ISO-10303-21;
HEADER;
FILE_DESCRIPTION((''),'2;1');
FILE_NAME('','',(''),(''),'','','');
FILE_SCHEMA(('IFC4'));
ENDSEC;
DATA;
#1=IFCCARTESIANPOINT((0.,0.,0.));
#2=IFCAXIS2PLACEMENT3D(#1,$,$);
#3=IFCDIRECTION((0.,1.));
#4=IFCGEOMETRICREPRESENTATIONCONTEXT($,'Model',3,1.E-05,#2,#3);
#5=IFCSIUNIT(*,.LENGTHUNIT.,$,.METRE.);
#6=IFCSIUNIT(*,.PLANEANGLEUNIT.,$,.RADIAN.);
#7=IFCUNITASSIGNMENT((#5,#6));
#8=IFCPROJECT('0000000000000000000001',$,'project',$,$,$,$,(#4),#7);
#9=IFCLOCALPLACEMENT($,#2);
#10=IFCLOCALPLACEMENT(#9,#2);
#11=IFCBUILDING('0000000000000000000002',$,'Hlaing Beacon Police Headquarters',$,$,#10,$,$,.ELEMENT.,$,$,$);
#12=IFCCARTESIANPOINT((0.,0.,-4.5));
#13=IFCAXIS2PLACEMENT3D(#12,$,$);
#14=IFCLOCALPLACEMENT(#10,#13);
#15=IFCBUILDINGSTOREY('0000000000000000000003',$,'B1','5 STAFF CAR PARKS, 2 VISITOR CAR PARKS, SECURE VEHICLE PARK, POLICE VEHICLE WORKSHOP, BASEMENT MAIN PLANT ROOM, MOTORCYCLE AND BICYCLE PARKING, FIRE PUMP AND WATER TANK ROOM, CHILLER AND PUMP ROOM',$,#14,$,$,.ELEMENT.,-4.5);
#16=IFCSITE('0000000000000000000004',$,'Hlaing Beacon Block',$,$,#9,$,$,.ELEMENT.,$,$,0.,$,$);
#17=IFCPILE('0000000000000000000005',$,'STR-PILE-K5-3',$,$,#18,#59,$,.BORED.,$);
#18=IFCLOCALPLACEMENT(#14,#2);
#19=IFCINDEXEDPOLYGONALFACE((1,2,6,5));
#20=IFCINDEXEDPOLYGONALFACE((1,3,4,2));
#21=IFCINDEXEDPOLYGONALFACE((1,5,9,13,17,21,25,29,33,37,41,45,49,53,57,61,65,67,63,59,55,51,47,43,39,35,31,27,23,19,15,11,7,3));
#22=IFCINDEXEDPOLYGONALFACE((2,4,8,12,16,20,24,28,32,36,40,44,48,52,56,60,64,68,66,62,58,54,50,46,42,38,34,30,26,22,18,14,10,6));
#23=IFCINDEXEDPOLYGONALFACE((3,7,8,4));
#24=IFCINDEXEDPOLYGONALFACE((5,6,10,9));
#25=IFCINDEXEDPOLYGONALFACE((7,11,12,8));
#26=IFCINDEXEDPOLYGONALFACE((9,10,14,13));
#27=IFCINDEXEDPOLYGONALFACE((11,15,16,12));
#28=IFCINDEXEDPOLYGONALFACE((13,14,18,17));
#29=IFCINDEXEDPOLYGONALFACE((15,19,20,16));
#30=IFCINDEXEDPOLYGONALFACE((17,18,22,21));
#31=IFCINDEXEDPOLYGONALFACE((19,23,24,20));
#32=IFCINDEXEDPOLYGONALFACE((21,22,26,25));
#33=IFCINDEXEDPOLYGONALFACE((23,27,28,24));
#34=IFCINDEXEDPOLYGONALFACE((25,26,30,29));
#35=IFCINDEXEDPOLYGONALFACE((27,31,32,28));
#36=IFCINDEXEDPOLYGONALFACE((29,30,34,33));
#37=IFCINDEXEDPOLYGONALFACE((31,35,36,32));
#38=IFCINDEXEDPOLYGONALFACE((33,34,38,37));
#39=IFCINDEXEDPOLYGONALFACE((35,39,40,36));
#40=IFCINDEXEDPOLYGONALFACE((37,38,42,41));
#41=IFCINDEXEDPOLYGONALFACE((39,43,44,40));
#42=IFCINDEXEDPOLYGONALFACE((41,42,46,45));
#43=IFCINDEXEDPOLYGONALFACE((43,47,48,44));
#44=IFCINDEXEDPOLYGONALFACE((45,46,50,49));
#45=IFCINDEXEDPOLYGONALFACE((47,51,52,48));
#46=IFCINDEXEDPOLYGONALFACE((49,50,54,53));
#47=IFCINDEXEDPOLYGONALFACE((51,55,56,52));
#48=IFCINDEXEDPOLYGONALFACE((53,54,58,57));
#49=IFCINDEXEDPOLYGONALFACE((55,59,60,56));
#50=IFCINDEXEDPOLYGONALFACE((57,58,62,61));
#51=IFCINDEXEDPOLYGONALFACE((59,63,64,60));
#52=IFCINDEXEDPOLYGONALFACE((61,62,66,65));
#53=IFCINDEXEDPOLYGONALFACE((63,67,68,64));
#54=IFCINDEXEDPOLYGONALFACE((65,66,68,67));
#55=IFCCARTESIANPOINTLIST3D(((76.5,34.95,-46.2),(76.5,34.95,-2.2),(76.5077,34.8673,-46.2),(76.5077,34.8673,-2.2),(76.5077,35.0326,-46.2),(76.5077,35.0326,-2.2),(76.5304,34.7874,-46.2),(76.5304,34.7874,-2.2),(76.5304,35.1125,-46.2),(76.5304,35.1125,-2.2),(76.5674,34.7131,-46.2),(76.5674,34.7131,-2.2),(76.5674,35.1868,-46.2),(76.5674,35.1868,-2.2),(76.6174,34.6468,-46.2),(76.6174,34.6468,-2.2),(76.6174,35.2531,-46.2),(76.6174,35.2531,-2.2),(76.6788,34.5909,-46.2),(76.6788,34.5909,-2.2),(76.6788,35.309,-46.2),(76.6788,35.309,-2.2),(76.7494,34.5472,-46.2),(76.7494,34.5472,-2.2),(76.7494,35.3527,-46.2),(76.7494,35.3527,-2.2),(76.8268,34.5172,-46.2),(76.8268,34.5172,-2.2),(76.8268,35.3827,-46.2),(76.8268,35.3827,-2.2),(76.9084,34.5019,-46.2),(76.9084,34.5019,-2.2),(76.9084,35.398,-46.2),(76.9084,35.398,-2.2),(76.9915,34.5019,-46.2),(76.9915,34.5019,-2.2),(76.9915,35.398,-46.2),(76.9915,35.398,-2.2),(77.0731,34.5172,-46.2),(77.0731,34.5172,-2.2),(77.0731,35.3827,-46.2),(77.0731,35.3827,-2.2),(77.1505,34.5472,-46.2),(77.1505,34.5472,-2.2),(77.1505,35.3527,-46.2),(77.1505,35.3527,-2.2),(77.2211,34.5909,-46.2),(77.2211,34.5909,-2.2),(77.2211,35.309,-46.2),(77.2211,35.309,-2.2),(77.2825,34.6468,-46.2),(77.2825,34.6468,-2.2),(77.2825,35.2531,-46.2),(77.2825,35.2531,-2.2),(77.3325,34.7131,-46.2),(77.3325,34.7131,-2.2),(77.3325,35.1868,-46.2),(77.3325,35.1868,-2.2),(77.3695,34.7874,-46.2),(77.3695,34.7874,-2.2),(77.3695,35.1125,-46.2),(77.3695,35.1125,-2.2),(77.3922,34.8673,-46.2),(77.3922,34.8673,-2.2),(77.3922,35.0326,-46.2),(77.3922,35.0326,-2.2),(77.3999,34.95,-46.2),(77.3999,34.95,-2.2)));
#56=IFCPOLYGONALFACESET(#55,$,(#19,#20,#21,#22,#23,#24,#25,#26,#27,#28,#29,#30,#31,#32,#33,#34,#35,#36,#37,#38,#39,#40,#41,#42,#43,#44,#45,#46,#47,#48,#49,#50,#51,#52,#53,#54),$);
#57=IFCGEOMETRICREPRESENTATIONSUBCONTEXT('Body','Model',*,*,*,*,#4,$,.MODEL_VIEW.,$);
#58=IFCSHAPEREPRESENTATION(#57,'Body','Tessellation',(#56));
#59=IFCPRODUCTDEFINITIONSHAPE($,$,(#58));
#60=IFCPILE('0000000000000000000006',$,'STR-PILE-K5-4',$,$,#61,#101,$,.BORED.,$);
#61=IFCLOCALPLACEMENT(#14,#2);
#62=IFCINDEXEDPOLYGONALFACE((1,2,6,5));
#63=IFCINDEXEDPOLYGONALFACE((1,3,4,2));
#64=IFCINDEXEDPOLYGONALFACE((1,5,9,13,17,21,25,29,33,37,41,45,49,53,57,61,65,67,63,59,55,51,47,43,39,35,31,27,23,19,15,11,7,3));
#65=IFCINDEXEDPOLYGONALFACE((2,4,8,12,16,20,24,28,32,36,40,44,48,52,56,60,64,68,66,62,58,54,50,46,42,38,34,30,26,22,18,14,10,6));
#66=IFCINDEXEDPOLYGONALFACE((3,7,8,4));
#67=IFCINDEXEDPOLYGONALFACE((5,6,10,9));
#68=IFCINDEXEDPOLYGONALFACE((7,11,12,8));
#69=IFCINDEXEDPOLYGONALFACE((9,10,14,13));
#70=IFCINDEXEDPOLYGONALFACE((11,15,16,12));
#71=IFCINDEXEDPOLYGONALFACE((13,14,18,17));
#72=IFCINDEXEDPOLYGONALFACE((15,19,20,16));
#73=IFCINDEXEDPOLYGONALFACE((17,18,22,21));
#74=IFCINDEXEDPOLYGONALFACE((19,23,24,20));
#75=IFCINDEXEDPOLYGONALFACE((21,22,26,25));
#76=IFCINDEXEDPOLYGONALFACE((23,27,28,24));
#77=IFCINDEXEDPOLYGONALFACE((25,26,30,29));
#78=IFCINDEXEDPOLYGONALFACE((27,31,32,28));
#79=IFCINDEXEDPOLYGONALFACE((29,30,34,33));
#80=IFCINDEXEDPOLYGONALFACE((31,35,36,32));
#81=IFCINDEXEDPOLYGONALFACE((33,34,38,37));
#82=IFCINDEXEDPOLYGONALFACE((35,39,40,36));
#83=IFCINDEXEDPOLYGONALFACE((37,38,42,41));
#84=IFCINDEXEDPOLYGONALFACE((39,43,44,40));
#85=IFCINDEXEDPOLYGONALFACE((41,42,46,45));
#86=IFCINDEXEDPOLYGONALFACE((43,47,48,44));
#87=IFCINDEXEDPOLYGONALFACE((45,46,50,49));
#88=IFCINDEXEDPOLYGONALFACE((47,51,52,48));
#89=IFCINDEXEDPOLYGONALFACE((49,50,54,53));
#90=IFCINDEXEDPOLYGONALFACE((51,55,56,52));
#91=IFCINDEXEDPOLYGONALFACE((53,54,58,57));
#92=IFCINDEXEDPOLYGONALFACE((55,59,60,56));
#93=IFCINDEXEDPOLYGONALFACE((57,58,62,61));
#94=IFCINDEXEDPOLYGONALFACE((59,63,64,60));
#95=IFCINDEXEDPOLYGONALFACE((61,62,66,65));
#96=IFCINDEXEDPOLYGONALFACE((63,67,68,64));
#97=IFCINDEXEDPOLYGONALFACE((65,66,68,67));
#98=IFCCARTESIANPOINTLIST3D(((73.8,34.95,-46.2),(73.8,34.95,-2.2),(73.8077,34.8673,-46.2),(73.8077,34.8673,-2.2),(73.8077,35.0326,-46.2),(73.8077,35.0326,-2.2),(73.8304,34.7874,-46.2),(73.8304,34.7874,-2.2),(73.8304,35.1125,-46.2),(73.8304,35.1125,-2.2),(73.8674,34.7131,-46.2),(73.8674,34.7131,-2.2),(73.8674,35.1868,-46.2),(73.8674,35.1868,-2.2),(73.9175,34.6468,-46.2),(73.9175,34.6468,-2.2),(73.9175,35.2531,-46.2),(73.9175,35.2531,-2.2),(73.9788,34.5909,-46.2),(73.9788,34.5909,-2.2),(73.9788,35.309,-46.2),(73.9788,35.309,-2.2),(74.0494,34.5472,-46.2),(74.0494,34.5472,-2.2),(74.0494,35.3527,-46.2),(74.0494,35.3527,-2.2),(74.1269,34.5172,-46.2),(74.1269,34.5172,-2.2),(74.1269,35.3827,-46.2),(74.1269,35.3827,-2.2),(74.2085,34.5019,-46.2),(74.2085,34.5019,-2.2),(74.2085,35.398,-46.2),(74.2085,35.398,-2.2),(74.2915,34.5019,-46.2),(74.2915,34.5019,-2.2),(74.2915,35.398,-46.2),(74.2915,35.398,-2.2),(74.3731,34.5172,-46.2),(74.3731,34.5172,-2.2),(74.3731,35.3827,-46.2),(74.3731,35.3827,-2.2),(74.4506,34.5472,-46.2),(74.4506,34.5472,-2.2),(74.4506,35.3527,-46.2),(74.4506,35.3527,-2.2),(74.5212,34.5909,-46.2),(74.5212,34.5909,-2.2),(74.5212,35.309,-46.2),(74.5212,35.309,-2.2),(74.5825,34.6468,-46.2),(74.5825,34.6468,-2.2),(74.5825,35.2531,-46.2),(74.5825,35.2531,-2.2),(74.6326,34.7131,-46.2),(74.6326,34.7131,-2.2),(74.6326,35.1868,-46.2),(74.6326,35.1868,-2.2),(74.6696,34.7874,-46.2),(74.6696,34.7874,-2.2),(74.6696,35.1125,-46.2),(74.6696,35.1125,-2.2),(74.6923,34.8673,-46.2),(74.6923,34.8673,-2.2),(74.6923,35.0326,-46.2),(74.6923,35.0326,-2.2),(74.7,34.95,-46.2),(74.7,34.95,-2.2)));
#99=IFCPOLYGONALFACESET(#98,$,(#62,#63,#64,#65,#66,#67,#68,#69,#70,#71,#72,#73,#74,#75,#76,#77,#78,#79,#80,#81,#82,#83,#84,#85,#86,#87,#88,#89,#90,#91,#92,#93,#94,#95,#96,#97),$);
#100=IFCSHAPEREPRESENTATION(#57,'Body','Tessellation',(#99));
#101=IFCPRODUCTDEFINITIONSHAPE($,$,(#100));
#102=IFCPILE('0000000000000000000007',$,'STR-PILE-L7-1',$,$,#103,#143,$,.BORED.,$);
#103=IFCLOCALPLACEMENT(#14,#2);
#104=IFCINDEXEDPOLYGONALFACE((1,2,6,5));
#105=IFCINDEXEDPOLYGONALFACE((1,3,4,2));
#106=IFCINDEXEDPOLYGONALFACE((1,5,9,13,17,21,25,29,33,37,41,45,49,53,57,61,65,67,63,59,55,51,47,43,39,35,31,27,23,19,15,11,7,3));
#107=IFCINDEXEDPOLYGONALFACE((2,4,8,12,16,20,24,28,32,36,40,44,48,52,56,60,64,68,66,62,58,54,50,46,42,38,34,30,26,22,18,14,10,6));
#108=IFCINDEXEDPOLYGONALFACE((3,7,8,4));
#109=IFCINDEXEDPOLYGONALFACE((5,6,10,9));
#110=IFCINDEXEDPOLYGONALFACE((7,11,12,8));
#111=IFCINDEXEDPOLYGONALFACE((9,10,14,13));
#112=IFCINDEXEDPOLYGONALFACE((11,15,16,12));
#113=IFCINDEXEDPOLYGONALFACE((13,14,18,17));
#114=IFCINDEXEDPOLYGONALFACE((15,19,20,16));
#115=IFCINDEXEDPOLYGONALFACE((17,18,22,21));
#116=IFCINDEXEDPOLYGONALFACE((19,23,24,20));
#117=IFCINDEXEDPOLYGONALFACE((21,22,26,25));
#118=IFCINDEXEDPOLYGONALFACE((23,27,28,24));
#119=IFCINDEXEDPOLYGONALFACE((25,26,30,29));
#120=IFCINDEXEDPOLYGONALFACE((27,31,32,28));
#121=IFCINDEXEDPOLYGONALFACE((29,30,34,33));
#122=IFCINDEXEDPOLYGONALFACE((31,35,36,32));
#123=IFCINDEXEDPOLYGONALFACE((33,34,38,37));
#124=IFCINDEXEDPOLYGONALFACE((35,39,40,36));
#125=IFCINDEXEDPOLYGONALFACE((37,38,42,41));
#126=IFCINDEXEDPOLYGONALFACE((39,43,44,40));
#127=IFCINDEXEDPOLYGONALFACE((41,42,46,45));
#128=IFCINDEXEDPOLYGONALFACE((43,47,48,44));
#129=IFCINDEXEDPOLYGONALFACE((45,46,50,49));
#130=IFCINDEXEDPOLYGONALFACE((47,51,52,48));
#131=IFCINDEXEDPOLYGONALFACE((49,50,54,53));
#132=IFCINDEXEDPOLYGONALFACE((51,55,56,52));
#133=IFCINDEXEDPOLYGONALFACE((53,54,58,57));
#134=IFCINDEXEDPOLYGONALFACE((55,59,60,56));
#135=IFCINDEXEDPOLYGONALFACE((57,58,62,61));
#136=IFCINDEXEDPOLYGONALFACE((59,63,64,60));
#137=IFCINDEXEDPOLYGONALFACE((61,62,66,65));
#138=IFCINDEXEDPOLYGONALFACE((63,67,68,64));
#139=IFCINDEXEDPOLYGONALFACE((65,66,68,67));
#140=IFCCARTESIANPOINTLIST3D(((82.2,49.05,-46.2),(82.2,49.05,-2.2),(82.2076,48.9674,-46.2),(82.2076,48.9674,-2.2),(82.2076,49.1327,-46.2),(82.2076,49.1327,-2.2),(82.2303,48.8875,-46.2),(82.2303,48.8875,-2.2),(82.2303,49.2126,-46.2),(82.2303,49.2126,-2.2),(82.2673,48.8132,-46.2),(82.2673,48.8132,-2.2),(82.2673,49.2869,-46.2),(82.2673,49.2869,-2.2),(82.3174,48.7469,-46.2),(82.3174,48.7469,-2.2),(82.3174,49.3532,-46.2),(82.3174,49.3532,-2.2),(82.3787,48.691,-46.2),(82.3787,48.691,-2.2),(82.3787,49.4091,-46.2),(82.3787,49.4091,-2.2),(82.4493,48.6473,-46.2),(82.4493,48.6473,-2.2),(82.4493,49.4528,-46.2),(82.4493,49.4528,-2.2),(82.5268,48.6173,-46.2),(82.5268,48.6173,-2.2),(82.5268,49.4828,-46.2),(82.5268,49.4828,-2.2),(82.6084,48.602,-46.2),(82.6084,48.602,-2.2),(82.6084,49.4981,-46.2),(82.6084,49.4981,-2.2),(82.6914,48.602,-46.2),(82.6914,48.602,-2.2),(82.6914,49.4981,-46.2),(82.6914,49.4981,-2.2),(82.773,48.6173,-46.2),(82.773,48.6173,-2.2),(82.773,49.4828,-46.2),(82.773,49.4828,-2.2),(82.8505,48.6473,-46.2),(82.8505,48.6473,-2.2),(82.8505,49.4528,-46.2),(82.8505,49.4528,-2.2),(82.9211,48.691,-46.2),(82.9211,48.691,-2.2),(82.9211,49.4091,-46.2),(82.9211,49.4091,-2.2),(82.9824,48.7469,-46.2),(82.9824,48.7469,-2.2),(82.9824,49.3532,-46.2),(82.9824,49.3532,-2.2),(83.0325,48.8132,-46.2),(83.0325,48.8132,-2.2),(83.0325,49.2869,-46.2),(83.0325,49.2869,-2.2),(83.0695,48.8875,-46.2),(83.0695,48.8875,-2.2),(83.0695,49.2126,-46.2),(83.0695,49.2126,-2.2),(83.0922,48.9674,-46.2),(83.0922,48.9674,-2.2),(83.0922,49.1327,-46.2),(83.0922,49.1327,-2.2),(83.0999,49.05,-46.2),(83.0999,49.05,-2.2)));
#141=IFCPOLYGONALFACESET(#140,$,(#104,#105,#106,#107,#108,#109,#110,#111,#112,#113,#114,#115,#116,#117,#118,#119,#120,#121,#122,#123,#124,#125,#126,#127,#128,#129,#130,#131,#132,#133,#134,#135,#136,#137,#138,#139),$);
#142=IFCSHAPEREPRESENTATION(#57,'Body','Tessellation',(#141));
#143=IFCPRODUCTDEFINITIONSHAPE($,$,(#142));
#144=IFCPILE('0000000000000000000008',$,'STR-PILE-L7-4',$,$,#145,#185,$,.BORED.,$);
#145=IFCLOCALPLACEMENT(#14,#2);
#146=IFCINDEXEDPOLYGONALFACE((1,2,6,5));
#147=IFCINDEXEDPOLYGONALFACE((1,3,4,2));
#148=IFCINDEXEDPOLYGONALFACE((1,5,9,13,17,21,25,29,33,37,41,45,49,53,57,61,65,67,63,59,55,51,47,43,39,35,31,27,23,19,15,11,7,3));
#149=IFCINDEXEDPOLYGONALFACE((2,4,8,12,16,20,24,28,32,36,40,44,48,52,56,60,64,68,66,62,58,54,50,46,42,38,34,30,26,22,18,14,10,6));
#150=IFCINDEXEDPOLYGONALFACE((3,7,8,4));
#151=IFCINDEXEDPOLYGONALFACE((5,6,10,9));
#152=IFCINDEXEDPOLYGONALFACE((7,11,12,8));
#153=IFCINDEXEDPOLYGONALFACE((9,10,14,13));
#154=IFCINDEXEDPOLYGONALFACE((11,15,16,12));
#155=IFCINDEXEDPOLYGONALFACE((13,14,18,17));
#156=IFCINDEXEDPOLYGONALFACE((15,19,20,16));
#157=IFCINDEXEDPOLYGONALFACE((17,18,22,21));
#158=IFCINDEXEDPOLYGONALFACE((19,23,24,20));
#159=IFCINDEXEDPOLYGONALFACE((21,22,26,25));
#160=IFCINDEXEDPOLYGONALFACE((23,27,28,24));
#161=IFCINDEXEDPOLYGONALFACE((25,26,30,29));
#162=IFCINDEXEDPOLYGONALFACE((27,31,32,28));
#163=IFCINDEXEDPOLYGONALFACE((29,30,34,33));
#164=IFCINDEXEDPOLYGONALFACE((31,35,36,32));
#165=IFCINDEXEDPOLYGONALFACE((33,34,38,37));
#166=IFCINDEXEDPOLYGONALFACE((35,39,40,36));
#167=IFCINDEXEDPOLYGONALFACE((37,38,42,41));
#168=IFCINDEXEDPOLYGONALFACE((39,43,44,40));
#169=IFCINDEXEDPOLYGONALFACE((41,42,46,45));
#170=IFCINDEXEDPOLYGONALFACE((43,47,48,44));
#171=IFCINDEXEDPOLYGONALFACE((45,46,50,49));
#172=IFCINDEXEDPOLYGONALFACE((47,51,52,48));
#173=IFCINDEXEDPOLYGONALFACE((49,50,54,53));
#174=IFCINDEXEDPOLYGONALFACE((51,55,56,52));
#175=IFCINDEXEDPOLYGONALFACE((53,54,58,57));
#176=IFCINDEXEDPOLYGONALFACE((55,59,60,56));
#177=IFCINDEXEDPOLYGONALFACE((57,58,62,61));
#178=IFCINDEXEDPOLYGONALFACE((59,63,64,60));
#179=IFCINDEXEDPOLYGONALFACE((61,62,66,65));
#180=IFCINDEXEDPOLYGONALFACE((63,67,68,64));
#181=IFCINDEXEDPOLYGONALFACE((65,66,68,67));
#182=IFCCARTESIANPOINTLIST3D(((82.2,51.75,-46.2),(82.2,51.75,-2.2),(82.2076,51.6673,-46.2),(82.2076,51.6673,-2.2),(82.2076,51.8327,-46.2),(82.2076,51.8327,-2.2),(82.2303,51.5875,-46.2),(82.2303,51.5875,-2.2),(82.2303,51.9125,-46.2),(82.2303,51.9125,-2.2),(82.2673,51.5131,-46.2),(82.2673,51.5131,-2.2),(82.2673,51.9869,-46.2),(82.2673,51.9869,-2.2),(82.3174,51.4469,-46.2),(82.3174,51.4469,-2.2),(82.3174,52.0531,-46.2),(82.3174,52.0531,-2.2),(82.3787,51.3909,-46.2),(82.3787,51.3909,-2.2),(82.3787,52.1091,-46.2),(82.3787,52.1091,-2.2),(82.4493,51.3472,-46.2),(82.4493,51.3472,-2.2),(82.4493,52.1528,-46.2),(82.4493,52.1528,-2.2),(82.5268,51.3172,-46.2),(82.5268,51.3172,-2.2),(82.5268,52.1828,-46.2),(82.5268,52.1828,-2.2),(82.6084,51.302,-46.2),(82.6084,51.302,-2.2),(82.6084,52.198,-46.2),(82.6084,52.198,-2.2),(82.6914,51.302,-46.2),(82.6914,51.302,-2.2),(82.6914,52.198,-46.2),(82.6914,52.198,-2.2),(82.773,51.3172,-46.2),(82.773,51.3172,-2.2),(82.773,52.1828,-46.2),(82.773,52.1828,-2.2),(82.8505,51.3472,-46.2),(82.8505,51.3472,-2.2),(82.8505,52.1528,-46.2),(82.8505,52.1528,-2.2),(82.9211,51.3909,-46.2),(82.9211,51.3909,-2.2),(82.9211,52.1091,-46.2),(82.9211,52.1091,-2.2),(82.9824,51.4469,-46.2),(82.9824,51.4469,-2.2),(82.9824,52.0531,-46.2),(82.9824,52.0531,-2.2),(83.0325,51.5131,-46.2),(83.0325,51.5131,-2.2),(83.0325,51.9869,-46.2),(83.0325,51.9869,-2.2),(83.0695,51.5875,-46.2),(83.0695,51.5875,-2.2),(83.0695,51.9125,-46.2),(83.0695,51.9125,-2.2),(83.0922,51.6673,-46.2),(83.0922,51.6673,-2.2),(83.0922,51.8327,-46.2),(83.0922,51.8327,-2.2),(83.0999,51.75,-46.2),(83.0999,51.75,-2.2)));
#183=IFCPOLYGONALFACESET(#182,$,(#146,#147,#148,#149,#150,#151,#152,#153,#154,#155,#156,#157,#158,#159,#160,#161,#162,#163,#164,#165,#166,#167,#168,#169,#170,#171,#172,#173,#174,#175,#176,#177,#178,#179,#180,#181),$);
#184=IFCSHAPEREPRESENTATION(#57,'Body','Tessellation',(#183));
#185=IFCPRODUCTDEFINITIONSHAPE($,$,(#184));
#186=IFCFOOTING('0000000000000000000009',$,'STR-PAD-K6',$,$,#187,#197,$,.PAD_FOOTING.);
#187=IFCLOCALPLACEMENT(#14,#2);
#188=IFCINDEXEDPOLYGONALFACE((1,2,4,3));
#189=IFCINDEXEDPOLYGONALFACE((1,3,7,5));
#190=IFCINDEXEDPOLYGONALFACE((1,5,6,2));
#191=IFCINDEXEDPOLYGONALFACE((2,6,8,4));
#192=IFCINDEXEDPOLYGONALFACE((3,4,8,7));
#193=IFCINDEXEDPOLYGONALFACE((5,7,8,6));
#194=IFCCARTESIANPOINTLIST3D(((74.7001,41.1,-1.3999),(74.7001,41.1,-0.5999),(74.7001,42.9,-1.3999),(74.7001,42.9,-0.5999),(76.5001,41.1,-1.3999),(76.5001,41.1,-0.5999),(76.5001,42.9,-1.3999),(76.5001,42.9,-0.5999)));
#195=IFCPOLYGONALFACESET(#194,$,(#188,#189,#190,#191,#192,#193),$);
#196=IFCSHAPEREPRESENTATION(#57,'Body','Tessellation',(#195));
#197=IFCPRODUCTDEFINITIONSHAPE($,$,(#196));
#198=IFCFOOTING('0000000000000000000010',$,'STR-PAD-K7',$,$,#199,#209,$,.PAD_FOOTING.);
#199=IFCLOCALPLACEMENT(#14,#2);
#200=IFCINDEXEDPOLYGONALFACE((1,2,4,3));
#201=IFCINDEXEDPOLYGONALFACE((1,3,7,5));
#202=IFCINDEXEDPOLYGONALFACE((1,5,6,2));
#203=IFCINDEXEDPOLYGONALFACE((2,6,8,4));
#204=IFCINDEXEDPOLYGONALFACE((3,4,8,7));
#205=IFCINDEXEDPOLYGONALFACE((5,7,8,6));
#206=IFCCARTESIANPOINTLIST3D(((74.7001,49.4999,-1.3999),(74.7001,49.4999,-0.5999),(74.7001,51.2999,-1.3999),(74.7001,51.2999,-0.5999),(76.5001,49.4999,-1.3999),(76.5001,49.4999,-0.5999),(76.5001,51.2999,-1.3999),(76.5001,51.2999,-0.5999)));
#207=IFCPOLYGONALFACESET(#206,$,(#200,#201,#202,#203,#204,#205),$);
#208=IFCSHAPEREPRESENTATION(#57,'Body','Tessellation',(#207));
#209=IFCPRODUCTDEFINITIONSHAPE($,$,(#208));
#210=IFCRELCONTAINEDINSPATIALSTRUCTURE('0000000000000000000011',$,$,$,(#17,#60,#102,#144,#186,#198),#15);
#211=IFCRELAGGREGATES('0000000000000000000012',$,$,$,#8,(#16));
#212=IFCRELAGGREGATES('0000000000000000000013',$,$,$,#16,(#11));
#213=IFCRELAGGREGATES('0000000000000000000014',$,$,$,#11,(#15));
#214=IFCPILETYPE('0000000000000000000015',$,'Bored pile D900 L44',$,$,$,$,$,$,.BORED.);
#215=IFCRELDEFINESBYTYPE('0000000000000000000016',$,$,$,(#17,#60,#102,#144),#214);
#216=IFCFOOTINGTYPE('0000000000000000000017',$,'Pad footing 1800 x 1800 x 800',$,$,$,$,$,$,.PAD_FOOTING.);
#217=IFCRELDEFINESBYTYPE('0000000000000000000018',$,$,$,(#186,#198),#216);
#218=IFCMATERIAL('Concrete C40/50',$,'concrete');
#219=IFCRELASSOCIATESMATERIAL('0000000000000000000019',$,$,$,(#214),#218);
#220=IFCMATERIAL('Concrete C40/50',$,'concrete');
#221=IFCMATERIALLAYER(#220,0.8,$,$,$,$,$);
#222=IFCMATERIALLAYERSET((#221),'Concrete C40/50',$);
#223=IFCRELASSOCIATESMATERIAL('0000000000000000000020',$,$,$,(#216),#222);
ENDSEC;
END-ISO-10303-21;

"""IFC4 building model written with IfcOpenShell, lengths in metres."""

from ifc_helpers import new_model, si_unit, direction, frame, origin, origin_2d, place, context, subcontext, project, spatial, rectangle, circle, extrude, material, layer, layer_set, material_profile, profile_set, type_object, element, save


model = new_model("IFC4")

# Units and contexts
model_context = context("Model", 3, precision=1e-05, world=origin(), true_north=direction((0.0, 1.0)))
body_context = subcontext(model_context, "Body", "Model", "MODEL_VIEW")
ifc_project = project(units=[si_unit("LENGTHUNIT", "METRE"), si_unit("PLANEANGLEUNIT", "RADIAN")], contexts=[model_context])

# Site, building, storey
site_placement = place(None, origin())
site = spatial("IfcSite", under=ifc_project, at=site_placement, Name="Hlaing Beacon Block", CompositionType="ELEMENT", RefElevation=0.0)
building_placement = place(site_placement, origin())
building = spatial("IfcBuilding", under=site, at=building_placement, Name="Hlaing Beacon Police Headquarters", CompositionType="ELEMENT")
storey_placement = place(building_placement, frame((0.0, 0.0, -4.5)))
storey = spatial("IfcBuildingStorey", under=building, at=storey_placement, Name="B1", Description="5 STAFF CAR PARKS, 2 VISITOR CAR PARKS, SECURE VEHICLE PARK, POLICE VEHICLE WORKSHOP, BASEMENT MAIN PLANT ROOM, MOTORCYCLE AND BICYCLE PARKING, FIRE PUMP AND WATER TANK ROOM, CHILLER AND PUMP ROOM", CompositionType="ELEMENT", Elevation=-4.5)

# Piles
ifc_material_1 = material(Name="Concrete C40/50", Category="concrete")
ifc_material_profile_1 = material_profile(ifc_material_1, circle(Radius=0.45, at=origin_2d()), Name="D900")
ifc_profile_set_1 = profile_set([ifc_material_profile_1], Name="Concrete C40/50")
pile_type_1 = type_object("IfcPileType", Name="Bored pile D900 L44", PredefinedType="BORED", material=ifc_profile_set_1)
for number, where, z_axis, x_axis, name in (
    (1, (76.95, 34.95, -2.2), (0.0, 0.0, -1.0), (1.0, 0.0, 0.0), "STR-PILE-K5-3"),
    (2, (74.25, 34.95, -2.2), (0.0, 0.0, -1.0), (1.0, 0.0, 0.0), "STR-PILE-K5-4"),
    (3, (82.6499, 49.05, -2.2), (0.0, 0.0, -1.0), (1.0, 0.0, 0.0), "STR-PILE-L7-1"),
    (4, (82.6499, 51.75, -2.2), (0.0, 0.0, -1.0), (1.0, 0.0, 0.0), "STR-PILE-L7-4"),
):
    element("IfcPile", number, at=place(storey_placement, frame(where, z_axis=z_axis, x_axis=x_axis)), inside=storey, type_object=pile_type_1, Name=name, PredefinedType="BORED", context=body_context, shape_type="SweptSolid", body=[
        extrude(circle(Radius=0.45, at=origin_2d()), origin(), (0.0, 0.0, 1.0), 44.0),
    ])

# Footings
ifc_material_2 = material(Name="Concrete C40/50", Category="concrete")
ifc_layer_1 = layer(ifc_material_2, 0.8)
ifc_layer_set_1 = layer_set([ifc_layer_1], Name="Concrete C40/50")
footing_type_1 = type_object("IfcFootingType", Name="Pad footing 1800 x 1800 x 800", PredefinedType="PAD_FOOTING", material=ifc_layer_set_1)
for number, where, z_axis, x_axis, name in (
    (5, (75.6001, 42.0, -1.3999), (0.0, 0.0, 1.0), (1.0, 0.0, 0.0), "STR-PAD-K6"),
    (6, (75.6001, 50.3999, -1.3999), (0.0, 0.0, 1.0), (1.0, 0.0, 0.0), "STR-PAD-K7"),
):
    element("IfcFooting", number, at=place(storey_placement, frame(where, z_axis=z_axis, x_axis=x_axis)), inside=storey, type_object=footing_type_1, Name=name, PredefinedType="PAD_FOOTING", context=body_context, shape_type="SweptSolid", body=[
        extrude(rectangle(XDim=1.8, YDim=1.8, at=origin_2d()), origin(), (0.0, 0.0, 1.0), 0.8),
    ])

save(model, "model.ifc")
